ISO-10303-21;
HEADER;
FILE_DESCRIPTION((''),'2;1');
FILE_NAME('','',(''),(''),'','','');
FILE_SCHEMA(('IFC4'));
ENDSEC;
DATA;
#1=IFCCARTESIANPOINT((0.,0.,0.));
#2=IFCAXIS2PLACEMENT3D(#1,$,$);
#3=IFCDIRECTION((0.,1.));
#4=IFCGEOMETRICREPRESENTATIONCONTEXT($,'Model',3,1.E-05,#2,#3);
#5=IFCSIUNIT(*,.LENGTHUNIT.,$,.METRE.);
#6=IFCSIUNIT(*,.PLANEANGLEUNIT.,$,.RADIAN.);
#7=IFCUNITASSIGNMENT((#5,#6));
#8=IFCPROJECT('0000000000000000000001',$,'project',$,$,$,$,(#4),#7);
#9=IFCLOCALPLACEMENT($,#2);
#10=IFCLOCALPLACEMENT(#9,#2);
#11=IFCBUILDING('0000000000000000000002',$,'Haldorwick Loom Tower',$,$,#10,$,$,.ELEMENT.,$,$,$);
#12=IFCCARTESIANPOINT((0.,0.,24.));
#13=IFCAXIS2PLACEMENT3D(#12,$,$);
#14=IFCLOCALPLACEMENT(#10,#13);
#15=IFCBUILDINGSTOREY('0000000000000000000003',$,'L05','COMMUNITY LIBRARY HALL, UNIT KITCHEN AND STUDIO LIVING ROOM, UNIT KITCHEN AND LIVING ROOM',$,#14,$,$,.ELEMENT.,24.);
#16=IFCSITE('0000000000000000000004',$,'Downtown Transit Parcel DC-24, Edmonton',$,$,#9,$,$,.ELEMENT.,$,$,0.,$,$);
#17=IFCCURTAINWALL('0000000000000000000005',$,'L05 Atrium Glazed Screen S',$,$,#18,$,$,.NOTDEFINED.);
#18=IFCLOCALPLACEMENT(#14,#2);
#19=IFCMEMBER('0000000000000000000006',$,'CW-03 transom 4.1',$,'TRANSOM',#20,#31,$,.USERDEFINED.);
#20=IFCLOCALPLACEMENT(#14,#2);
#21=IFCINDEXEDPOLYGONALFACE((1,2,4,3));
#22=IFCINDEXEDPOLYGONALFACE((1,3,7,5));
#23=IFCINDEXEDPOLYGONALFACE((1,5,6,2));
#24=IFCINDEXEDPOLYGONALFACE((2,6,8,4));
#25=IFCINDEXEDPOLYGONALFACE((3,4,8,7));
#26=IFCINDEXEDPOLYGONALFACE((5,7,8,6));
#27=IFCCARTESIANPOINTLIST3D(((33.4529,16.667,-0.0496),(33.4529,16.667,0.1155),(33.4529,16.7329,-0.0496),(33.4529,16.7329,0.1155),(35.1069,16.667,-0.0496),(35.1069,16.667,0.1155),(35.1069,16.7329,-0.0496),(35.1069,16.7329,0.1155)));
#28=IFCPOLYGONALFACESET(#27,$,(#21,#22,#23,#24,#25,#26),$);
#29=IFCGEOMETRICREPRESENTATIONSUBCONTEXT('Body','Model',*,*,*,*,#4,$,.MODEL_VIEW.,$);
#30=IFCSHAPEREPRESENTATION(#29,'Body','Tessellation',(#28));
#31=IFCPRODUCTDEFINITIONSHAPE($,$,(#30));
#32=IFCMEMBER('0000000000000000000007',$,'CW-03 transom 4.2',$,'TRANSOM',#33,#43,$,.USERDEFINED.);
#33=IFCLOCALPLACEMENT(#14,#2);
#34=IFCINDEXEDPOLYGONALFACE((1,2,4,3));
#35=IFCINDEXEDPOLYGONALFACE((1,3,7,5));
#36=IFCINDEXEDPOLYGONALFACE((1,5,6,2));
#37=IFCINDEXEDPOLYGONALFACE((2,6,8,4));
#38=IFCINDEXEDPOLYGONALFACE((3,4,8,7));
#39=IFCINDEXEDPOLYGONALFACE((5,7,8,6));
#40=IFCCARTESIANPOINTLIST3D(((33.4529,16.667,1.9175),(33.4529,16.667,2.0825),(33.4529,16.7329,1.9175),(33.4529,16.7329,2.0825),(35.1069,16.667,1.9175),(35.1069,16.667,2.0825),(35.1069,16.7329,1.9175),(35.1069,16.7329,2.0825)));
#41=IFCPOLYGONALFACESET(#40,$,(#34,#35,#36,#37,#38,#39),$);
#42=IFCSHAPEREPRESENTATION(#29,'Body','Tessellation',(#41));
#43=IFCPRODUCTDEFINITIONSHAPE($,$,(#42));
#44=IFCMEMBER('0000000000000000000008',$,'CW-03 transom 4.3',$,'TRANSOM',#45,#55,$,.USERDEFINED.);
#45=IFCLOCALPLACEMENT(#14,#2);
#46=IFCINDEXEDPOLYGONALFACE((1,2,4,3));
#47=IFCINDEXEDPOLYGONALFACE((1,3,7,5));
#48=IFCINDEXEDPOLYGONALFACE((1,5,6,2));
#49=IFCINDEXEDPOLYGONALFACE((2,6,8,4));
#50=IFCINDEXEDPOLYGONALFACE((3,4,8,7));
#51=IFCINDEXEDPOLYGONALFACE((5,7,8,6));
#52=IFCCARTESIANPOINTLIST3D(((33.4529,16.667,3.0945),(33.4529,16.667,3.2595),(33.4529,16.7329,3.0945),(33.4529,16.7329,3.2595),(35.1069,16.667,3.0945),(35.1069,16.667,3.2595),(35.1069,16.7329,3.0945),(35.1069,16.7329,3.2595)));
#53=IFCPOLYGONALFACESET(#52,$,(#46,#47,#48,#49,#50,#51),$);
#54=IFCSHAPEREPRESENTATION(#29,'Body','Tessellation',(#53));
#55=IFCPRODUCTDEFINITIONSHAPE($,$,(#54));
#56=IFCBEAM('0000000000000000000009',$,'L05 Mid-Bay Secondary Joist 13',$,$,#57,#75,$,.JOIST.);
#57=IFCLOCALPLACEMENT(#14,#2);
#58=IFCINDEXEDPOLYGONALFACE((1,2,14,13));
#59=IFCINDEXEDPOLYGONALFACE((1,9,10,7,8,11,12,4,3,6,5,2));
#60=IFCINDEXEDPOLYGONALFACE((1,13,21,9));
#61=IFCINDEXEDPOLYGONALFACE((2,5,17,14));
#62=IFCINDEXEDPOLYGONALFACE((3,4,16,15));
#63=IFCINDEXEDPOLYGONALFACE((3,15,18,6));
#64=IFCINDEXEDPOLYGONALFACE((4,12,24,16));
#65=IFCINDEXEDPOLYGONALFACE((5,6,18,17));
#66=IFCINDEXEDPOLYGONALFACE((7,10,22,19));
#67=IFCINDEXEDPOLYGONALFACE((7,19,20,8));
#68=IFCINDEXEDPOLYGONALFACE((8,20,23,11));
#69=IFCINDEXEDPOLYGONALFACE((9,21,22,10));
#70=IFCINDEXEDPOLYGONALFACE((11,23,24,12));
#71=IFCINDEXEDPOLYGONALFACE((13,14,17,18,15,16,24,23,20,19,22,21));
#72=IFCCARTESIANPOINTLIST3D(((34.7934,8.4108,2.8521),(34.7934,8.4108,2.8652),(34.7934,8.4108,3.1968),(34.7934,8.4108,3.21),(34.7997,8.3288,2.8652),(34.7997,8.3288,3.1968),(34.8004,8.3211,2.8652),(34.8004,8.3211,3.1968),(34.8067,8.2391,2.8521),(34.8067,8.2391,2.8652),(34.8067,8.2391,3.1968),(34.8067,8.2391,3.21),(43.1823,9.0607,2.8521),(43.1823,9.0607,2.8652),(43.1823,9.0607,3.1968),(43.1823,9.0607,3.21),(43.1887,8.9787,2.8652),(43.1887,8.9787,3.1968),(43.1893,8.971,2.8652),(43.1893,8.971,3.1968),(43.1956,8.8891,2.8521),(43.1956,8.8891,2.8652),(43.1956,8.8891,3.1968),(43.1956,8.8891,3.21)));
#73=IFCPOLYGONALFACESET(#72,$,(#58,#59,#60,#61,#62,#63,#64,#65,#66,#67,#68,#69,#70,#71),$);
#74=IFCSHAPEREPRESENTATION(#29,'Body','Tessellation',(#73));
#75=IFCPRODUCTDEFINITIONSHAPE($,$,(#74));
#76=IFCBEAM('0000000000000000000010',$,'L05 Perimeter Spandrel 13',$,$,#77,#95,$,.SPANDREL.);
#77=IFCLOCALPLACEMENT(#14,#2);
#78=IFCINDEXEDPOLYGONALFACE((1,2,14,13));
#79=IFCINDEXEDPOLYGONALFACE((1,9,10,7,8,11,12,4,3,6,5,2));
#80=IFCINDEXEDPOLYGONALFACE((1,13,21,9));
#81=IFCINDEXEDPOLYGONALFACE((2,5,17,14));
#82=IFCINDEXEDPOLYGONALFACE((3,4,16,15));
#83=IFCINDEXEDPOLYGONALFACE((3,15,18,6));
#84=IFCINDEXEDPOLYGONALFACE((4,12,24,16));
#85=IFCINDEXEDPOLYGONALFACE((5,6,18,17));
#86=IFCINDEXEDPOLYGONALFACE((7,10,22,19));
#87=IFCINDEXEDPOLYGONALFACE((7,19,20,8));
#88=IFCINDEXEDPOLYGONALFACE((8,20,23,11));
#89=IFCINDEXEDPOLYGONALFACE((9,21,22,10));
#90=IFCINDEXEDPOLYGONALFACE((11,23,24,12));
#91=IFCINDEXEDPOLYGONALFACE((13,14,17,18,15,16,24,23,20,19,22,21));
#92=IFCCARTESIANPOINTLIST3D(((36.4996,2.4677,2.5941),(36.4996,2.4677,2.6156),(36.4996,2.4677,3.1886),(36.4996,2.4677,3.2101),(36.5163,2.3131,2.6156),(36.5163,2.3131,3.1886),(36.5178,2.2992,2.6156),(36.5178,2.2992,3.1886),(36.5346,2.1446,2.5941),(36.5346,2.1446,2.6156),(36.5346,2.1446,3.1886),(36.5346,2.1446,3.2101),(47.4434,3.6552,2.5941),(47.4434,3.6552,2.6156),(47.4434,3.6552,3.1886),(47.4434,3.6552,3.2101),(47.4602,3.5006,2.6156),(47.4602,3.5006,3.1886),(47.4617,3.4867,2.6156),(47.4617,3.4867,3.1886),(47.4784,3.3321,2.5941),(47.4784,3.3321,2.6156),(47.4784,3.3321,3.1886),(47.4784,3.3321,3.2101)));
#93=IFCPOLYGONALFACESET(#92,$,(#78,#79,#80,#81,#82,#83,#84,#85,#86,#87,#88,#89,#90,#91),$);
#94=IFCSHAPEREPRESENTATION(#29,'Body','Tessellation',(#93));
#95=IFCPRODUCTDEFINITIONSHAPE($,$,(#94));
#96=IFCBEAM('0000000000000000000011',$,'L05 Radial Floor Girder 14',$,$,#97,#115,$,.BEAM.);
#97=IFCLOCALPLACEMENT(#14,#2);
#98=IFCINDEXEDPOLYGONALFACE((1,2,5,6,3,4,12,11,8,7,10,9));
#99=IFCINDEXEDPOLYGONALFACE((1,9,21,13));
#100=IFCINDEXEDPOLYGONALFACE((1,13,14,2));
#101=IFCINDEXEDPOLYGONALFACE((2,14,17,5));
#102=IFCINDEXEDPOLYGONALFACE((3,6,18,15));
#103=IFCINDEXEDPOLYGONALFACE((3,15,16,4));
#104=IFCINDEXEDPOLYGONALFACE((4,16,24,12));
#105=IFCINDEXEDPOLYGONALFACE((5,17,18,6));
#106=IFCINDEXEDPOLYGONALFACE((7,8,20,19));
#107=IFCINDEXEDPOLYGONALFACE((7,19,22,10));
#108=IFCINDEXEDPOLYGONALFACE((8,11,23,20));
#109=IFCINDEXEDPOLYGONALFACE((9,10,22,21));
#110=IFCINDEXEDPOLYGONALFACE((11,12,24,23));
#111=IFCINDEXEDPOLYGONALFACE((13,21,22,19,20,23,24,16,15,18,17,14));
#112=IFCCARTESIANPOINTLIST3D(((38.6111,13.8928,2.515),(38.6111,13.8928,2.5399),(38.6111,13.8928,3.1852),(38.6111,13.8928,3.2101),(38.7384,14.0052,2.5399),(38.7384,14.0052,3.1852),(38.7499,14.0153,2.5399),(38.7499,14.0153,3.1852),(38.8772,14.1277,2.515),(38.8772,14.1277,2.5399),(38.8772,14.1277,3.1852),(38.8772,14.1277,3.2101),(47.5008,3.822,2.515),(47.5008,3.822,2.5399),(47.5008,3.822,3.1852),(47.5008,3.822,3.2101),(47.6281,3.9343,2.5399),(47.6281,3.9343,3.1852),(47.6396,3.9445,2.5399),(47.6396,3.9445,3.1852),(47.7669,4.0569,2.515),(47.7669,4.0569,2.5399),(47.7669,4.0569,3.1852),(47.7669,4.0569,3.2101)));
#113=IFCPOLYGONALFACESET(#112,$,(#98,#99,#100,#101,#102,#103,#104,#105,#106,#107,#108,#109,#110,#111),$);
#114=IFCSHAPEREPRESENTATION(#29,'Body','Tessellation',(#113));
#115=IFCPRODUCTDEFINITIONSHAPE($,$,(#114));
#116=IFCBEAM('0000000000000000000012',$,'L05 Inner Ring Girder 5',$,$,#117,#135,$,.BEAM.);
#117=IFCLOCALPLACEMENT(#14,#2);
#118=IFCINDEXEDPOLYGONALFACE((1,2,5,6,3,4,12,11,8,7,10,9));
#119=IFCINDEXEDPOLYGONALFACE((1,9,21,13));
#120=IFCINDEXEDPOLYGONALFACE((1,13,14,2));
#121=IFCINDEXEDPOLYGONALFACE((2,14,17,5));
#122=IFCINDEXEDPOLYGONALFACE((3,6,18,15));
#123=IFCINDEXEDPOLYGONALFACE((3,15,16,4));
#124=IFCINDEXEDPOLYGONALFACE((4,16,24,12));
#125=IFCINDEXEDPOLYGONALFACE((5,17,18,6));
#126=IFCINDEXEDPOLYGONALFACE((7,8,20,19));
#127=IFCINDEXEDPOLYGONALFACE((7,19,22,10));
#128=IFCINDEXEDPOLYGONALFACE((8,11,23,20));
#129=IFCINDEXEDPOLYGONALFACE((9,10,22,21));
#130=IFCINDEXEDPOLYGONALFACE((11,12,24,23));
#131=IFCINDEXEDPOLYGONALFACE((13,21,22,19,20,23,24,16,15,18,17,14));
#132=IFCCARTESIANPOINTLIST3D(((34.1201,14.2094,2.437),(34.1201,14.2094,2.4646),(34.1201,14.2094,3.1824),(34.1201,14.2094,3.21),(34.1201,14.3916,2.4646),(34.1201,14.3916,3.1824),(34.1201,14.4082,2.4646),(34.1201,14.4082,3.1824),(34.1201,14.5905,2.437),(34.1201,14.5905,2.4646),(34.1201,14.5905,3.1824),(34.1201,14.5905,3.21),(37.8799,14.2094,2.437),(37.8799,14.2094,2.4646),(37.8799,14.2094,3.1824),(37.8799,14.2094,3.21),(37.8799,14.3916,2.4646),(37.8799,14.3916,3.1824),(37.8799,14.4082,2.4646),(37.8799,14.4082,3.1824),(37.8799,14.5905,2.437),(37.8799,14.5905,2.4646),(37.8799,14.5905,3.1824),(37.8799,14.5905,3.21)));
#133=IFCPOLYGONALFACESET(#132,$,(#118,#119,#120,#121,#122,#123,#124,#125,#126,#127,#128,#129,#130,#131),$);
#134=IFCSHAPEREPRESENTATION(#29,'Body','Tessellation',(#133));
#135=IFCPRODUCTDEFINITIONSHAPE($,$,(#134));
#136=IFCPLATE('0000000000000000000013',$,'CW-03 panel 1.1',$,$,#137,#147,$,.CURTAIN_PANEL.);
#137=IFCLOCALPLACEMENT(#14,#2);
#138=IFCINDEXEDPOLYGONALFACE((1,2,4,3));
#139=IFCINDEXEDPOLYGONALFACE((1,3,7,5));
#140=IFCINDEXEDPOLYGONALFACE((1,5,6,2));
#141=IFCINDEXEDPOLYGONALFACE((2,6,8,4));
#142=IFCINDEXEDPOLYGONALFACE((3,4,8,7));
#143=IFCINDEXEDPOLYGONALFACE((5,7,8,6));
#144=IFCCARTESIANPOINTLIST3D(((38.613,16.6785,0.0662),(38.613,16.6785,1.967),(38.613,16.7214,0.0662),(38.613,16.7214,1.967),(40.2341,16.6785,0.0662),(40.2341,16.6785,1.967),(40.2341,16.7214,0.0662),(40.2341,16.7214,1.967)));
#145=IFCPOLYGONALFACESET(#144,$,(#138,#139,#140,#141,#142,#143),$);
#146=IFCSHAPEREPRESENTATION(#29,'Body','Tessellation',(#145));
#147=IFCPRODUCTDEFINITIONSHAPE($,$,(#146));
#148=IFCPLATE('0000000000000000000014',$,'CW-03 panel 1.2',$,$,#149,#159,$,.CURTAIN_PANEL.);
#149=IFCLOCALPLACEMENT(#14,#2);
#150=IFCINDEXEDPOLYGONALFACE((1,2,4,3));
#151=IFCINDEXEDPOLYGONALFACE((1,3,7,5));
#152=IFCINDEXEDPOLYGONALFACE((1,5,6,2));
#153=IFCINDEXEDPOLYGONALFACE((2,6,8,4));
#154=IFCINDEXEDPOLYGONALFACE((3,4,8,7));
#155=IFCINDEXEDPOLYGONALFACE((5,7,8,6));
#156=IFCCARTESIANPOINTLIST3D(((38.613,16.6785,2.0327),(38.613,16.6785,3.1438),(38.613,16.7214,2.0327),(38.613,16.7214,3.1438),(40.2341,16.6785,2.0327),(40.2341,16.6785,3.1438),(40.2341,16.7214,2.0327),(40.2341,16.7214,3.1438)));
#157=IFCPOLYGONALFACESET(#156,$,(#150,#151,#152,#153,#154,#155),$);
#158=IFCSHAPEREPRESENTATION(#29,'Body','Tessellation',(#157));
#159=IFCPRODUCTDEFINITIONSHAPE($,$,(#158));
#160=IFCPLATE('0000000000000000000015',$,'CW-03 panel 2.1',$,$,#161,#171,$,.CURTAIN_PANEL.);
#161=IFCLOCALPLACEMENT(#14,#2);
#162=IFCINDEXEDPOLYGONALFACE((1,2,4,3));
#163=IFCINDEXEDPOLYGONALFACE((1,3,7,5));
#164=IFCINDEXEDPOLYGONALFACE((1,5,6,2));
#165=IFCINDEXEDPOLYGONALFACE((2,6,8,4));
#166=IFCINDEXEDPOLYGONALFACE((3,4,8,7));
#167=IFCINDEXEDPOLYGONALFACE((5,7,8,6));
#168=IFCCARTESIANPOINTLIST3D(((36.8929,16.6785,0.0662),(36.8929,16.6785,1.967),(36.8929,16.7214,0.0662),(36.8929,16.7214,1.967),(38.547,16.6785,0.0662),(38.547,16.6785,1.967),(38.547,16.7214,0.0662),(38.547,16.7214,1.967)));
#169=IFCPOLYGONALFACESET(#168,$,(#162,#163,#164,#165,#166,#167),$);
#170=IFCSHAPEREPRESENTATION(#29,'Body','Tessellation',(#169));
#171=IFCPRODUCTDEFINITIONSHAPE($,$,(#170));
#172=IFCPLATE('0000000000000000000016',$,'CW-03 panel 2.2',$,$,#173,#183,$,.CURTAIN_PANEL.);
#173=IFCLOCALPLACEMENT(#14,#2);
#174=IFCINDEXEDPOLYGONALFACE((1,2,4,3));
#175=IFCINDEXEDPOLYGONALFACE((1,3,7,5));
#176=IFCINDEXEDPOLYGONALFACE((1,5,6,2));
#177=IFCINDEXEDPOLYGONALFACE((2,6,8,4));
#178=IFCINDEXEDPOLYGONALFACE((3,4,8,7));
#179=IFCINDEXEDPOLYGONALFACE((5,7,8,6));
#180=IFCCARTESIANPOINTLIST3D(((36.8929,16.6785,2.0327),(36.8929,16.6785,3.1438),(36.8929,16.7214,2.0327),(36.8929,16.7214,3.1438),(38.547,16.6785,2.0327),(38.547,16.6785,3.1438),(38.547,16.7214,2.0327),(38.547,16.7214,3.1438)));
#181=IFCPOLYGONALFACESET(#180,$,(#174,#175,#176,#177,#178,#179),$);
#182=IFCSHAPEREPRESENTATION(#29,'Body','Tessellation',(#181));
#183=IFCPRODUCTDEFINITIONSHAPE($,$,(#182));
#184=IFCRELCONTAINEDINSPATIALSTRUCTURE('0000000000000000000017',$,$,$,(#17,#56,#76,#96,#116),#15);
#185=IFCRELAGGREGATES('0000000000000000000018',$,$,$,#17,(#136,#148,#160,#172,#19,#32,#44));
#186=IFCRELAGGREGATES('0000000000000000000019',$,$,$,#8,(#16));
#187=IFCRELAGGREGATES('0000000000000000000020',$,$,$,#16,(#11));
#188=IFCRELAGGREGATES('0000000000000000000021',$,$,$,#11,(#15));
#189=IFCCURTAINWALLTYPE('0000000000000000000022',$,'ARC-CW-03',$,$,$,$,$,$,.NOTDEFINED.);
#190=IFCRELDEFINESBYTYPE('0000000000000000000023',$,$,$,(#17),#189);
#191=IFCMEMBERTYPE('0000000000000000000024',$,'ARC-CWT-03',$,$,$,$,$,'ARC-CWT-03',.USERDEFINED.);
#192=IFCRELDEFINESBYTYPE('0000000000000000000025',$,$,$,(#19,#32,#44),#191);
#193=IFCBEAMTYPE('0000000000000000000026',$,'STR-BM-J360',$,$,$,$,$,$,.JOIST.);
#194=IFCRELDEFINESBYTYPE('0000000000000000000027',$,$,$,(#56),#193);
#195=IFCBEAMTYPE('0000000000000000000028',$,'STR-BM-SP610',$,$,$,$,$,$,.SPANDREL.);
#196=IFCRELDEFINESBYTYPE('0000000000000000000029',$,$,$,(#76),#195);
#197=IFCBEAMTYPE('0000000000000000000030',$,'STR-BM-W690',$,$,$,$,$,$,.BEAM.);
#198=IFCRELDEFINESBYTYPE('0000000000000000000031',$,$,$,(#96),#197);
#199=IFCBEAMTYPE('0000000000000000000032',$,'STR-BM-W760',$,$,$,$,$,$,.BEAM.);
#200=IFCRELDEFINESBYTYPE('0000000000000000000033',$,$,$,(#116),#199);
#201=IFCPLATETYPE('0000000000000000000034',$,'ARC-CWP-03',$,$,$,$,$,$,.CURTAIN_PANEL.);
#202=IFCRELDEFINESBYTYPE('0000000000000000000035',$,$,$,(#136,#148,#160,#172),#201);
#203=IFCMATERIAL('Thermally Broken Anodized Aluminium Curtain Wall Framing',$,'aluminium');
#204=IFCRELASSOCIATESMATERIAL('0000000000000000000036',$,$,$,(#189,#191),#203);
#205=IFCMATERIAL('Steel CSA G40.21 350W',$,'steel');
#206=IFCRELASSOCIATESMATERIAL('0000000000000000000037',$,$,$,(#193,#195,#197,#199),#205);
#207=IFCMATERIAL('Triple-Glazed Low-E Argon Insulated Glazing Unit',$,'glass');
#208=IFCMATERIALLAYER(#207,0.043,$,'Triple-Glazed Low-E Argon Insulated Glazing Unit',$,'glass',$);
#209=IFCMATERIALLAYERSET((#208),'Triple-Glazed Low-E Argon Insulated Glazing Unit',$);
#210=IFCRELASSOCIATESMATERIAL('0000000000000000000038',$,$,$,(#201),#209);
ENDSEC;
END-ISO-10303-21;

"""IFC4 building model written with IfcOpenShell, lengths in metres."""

from ifc_helpers import new_model, si_unit, direction, frame, origin, origin_2d, place, context, subcontext, project, spatial, rectangle, i_section, extrude, material, layer, layer_set, material_profile, profile_set, type_object, element, aggregate, save


model = new_model("IFC4")

# Units and contexts
model_context = context("Model", 3, precision=1e-05, world=origin(), true_north=direction((0.0, 1.0)))
body_context = subcontext(model_context, "Body", "Model", "MODEL_VIEW")
ifc_project = project(units=[si_unit("LENGTHUNIT", "METRE"), si_unit("PLANEANGLEUNIT", "RADIAN")], contexts=[model_context])

# Site, building, storey
site_placement = place(None, origin())
site = spatial("IfcSite", under=ifc_project, at=site_placement, Name="Downtown Transit Parcel DC-24, Edmonton", CompositionType="ELEMENT", RefElevation=0.0)
building_placement = place(site_placement, origin())
building = spatial("IfcBuilding", under=site, at=building_placement, Name="Haldorwick Loom Tower", CompositionType="ELEMENT")
storey_placement = place(building_placement, frame((0.0, 0.0, 24.0)))
storey = spatial("IfcBuildingStorey", under=building, at=storey_placement, Name="L05", Description="COMMUNITY LIBRARY HALL, UNIT KITCHEN AND STUDIO LIVING ROOM, UNIT KITCHEN AND LIVING ROOM", CompositionType="ELEMENT", Elevation=24.0)

# Curtain wall, members
ifc_material_1 = material(Name="Thermally Broken Anodized Aluminium Curtain Wall Framing", Category="aluminium")
curtain_wall_type = type_object("IfcCurtainWallType", Name="ARC-CW-03", PredefinedType="NOTDEFINED", material=ifc_material_1)
curtain_wall_placement = place(storey_placement, origin())
curtain_wall = element("IfcCurtainWall", 1, at=curtain_wall_placement, inside=storey, type_object=curtain_wall_type, Name="L05 Atrium Glazed Screen S", PredefinedType="NOTDEFINED")
ifc_material_profile_1 = material_profile(ifc_material_1, rectangle(XDim=0.0659, YDim=0.165, at=origin_2d()), Name="ALU_TRN_66X165", Category="aluminium")
ifc_profile_set_1 = profile_set([ifc_material_profile_1], Name="Thermally Broken Anodized Aluminium Curtain Wall Framing")
member_type_1 = type_object("IfcMemberType", Name="ARC-CWT-03", ElementType="ARC-CWT-03", PredefinedType="USERDEFINED", material=ifc_profile_set_1)
member_1_placement = place(storey_placement, frame((35.1069, 16.7, 0.033), z_axis=(-1.0, 0.0, 0.0), x_axis=(0.0, -1.0, 0.0)))
member_1 = element("IfcMember", 2, at=member_1_placement, type_object=member_type_1, Name="CW-03 transom 4.1", ObjectType="TRANSOM", PredefinedType="USERDEFINED", context=body_context, shape_type="SweptSolid", body=[
    extrude(rectangle(XDim=0.0659, YDim=0.165, at=origin_2d()), origin(), (0.0, 0.0, 1.0), 1.6541),
])
member_2_placement = place(storey_placement, frame((35.1069, 16.7, 2.0), z_axis=(-1.0, 0.0, 0.0), x_axis=(0.0, -1.0, 0.0)))
member_2 = element("IfcMember", 3, at=member_2_placement, type_object=member_type_1, Name="CW-03 transom 4.2", ObjectType="TRANSOM", PredefinedType="USERDEFINED", context=body_context, shape_type="SweptSolid", body=[
    extrude(rectangle(XDim=0.0659, YDim=0.165, at=origin_2d()), origin(), (0.0, 0.0, 1.0), 1.6541),
])
member_3_placement = place(storey_placement, frame((35.1069, 16.7, 3.177), z_axis=(-1.0, 0.0, 0.0), x_axis=(0.0, -1.0, 0.0)))
member_3 = element("IfcMember", 4, at=member_3_placement, type_object=member_type_1, Name="CW-03 transom 4.3", ObjectType="TRANSOM", PredefinedType="USERDEFINED", context=body_context, shape_type="SweptSolid", body=[
    extrude(rectangle(XDim=0.0659, YDim=0.165, at=origin_2d()), origin(), (0.0, 0.0, 1.0), 1.6541),
])

# Beams
ifc_material_2 = material(Name="Steel CSA G40.21 350W", Category="steel")
ifc_material_profile_2 = material_profile(ifc_material_2, i_section(OverallWidth=0.1721, OverallDepth=0.3579, WebThickness=0.0078, FlangeThickness=0.0132, at=origin_2d()), Name="W360X57", Category="steel")
ifc_profile_set_2 = profile_set([ifc_material_profile_2], Name="Steel CSA G40.21 350W")
beam_type_1 = type_object("IfcBeamType", Name="STR-BM-J360", PredefinedType="JOIST", material=ifc_profile_set_2)
beam_1_placement = place(storey_placement, frame((34.8, 8.325, 3.031), z_axis=(0.997013, 0.07724, 0.0), x_axis=(-0.07724, 0.997013, 0.0)))
element("IfcBeam", 5, at=beam_1_placement, inside=storey, type_object=beam_type_1, Name="L05 Mid-Bay Secondary Joist 13", PredefinedType="JOIST", context=body_context, shape_type="SweptSolid", body=[
    extrude(i_section(OverallWidth=0.1721, OverallDepth=0.3579, WebThickness=0.0078, FlangeThickness=0.0132, at=origin_2d()), origin(), (0.0, 0.0, 1.0), 8.4141),
])
ifc_material_profile_3 = material_profile(ifc_material_2, i_section(OverallWidth=0.325, OverallDepth=0.616, WebThickness=0.0139, FlangeThickness=0.0215, at=origin_2d()), Name="W610X174", Category="steel")
ifc_profile_set_3 = profile_set([ifc_material_profile_3], Name="Steel CSA G40.21 350W")
beam_type_2 = type_object("IfcBeamType", Name="STR-BM-SP610", PredefinedType="SPANDREL", material=ifc_profile_set_3)
beam_2_placement = place(storey_placement, frame((36.5171, 2.3062, 2.9021), z_axis=(0.994164, 0.107875, 0.0), x_axis=(-0.107875, 0.994164, 0.0)))
element("IfcBeam", 6, at=beam_2_placement, inside=storey, type_object=beam_type_2, Name="L05 Perimeter Spandrel 13", PredefinedType="SPANDREL", context=body_context, shape_type="SweptSolid", body=[
    extrude(i_section(OverallWidth=0.325, OverallDepth=0.616, WebThickness=0.0139, FlangeThickness=0.0215, at=origin_2d()), origin(), (0.0, 0.0, 1.0), 11.0081),
])
ifc_material_profile_4 = material_profile(ifc_material_2, i_section(OverallWidth=0.355, OverallDepth=0.6951, WebThickness=0.0154, FlangeThickness=0.0249, at=origin_2d()), Name="W690X217", Category="steel")
ifc_profile_set_4 = profile_set([ifc_material_profile_4], Name="Steel CSA G40.21 350W")
beam_type_3 = type_object("IfcBeamType", Name="STR-BM-W690", PredefinedType="BEAM", material=ifc_profile_set_4)
beam_3_placement = place(storey_placement, frame((38.7441, 14.0103, 2.8625), z_axis=(0.661774, -0.749703, 0.0), x_axis=(0.749703, 0.661774, 0.0)))
element("IfcBeam", 7, at=beam_3_placement, inside=storey, type_object=beam_type_3, Name="L05 Radial Floor Girder 14", PredefinedType="BEAM", context=body_context, shape_type="SweptSolid", body=[
    extrude(i_section(OverallWidth=0.355, OverallDepth=0.6951, WebThickness=0.0154, FlangeThickness=0.0249, at=origin_2d()), origin(), (0.0, 0.0, 1.0), 13.4331),
])
ifc_material_profile_5 = material_profile(ifc_material_2, i_section(OverallWidth=0.3811, OverallDepth=0.7729, WebThickness=0.0166, FlangeThickness=0.0276, at=origin_2d()), Name="W760X257", Category="steel")
ifc_profile_set_5 = profile_set([ifc_material_profile_5], Name="Steel CSA G40.21 350W")
beam_type_4 = type_object("IfcBeamType", Name="STR-BM-W760", PredefinedType="BEAM", material=ifc_profile_set_5)
beam_4_placement = place(storey_placement, frame((37.8799, 14.3999, 2.8235), z_axis=(-1.0, 0.0, 0.0), x_axis=(0.0, -1.0, 0.0)))
element("IfcBeam", 8, at=beam_4_placement, inside=storey, type_object=beam_type_4, Name="L05 Inner Ring Girder 5", PredefinedType="BEAM", context=body_context, shape_type="SweptSolid", body=[
    extrude(i_section(OverallWidth=0.3811, OverallDepth=0.7729, WebThickness=0.0166, FlangeThickness=0.0276, at=origin_2d()), origin(), (0.0, 0.0, 1.0), 3.7598),
])

# Plates
ifc_material_3 = material(Name="Triple-Glazed Low-E Argon Insulated Glazing Unit", Category="glass")
ifc_layer_1 = layer(ifc_material_3, 0.043, Name="Triple-Glazed Low-E Argon Insulated Glazing Unit", Category="glass")
ifc_layer_set_1 = layer_set([ifc_layer_1], Name="Triple-Glazed Low-E Argon Insulated Glazing Unit")
plate_type = type_object("IfcPlateType", Name="ARC-CWP-03", PredefinedType="CURTAIN_PANEL", material=ifc_layer_set_1)
plate_1_placement = place(storey_placement, frame((39.4236, 16.7, 0.0662), z_axis=(0.0, 0.0, 1.0), x_axis=(-1.0, 0.0, 0.0)))
plate_1 = element("IfcPlate", 9, at=plate_1_placement, type_object=plate_type, Name="CW-03 panel 1.1", PredefinedType="CURTAIN_PANEL", context=body_context, shape_type="SweptSolid", body=[
    extrude(rectangle(XDim=1.6211, YDim=0.043, at=origin_2d()), origin(), (0.0, 0.0, 1.0), 1.9009),
])
plate_2_placement = place(storey_placement, frame((39.4236, 16.7, 2.0327), z_axis=(0.0, 0.0, 1.0), x_axis=(-1.0, 0.0, 0.0)))
plate_2 = element("IfcPlate", 10, at=plate_2_placement, type_object=plate_type, Name="CW-03 panel 1.2", PredefinedType="CURTAIN_PANEL", context=body_context, shape_type="SweptSolid", body=[
    extrude(rectangle(XDim=1.6211, YDim=0.043, at=origin_2d()), origin(), (0.0, 0.0, 1.0), 1.1111),
])
plate_3_placement = place(storey_placement, frame((37.72, 16.7, 0.0662), z_axis=(0.0, 0.0, 1.0), x_axis=(-1.0, 0.0, 0.0)))
plate_3 = element("IfcPlate", 11, at=plate_3_placement, type_object=plate_type, Name="CW-03 panel 2.1", PredefinedType="CURTAIN_PANEL", context=body_context, shape_type="SweptSolid", body=[
    extrude(rectangle(XDim=1.6541, YDim=0.043, at=origin_2d()), origin(), (0.0, 0.0, 1.0), 1.9009),
])
plate_4_placement = place(storey_placement, frame((37.72, 16.7, 2.0327), z_axis=(0.0, 0.0, 1.0), x_axis=(-1.0, 0.0, 0.0)))
plate_4 = element("IfcPlate", 12, at=plate_4_placement, type_object=plate_type, Name="CW-03 panel 2.2", PredefinedType="CURTAIN_PANEL", context=body_context, shape_type="SweptSolid", body=[
    extrude(rectangle(XDim=1.6541, YDim=0.043, at=origin_2d()), origin(), (0.0, 0.0, 1.0), 1.1111),
])
aggregate(curtain_wall, [plate_1, plate_2, plate_3, plate_4, member_1, member_2, member_3])

save(model, "model.ifc")
